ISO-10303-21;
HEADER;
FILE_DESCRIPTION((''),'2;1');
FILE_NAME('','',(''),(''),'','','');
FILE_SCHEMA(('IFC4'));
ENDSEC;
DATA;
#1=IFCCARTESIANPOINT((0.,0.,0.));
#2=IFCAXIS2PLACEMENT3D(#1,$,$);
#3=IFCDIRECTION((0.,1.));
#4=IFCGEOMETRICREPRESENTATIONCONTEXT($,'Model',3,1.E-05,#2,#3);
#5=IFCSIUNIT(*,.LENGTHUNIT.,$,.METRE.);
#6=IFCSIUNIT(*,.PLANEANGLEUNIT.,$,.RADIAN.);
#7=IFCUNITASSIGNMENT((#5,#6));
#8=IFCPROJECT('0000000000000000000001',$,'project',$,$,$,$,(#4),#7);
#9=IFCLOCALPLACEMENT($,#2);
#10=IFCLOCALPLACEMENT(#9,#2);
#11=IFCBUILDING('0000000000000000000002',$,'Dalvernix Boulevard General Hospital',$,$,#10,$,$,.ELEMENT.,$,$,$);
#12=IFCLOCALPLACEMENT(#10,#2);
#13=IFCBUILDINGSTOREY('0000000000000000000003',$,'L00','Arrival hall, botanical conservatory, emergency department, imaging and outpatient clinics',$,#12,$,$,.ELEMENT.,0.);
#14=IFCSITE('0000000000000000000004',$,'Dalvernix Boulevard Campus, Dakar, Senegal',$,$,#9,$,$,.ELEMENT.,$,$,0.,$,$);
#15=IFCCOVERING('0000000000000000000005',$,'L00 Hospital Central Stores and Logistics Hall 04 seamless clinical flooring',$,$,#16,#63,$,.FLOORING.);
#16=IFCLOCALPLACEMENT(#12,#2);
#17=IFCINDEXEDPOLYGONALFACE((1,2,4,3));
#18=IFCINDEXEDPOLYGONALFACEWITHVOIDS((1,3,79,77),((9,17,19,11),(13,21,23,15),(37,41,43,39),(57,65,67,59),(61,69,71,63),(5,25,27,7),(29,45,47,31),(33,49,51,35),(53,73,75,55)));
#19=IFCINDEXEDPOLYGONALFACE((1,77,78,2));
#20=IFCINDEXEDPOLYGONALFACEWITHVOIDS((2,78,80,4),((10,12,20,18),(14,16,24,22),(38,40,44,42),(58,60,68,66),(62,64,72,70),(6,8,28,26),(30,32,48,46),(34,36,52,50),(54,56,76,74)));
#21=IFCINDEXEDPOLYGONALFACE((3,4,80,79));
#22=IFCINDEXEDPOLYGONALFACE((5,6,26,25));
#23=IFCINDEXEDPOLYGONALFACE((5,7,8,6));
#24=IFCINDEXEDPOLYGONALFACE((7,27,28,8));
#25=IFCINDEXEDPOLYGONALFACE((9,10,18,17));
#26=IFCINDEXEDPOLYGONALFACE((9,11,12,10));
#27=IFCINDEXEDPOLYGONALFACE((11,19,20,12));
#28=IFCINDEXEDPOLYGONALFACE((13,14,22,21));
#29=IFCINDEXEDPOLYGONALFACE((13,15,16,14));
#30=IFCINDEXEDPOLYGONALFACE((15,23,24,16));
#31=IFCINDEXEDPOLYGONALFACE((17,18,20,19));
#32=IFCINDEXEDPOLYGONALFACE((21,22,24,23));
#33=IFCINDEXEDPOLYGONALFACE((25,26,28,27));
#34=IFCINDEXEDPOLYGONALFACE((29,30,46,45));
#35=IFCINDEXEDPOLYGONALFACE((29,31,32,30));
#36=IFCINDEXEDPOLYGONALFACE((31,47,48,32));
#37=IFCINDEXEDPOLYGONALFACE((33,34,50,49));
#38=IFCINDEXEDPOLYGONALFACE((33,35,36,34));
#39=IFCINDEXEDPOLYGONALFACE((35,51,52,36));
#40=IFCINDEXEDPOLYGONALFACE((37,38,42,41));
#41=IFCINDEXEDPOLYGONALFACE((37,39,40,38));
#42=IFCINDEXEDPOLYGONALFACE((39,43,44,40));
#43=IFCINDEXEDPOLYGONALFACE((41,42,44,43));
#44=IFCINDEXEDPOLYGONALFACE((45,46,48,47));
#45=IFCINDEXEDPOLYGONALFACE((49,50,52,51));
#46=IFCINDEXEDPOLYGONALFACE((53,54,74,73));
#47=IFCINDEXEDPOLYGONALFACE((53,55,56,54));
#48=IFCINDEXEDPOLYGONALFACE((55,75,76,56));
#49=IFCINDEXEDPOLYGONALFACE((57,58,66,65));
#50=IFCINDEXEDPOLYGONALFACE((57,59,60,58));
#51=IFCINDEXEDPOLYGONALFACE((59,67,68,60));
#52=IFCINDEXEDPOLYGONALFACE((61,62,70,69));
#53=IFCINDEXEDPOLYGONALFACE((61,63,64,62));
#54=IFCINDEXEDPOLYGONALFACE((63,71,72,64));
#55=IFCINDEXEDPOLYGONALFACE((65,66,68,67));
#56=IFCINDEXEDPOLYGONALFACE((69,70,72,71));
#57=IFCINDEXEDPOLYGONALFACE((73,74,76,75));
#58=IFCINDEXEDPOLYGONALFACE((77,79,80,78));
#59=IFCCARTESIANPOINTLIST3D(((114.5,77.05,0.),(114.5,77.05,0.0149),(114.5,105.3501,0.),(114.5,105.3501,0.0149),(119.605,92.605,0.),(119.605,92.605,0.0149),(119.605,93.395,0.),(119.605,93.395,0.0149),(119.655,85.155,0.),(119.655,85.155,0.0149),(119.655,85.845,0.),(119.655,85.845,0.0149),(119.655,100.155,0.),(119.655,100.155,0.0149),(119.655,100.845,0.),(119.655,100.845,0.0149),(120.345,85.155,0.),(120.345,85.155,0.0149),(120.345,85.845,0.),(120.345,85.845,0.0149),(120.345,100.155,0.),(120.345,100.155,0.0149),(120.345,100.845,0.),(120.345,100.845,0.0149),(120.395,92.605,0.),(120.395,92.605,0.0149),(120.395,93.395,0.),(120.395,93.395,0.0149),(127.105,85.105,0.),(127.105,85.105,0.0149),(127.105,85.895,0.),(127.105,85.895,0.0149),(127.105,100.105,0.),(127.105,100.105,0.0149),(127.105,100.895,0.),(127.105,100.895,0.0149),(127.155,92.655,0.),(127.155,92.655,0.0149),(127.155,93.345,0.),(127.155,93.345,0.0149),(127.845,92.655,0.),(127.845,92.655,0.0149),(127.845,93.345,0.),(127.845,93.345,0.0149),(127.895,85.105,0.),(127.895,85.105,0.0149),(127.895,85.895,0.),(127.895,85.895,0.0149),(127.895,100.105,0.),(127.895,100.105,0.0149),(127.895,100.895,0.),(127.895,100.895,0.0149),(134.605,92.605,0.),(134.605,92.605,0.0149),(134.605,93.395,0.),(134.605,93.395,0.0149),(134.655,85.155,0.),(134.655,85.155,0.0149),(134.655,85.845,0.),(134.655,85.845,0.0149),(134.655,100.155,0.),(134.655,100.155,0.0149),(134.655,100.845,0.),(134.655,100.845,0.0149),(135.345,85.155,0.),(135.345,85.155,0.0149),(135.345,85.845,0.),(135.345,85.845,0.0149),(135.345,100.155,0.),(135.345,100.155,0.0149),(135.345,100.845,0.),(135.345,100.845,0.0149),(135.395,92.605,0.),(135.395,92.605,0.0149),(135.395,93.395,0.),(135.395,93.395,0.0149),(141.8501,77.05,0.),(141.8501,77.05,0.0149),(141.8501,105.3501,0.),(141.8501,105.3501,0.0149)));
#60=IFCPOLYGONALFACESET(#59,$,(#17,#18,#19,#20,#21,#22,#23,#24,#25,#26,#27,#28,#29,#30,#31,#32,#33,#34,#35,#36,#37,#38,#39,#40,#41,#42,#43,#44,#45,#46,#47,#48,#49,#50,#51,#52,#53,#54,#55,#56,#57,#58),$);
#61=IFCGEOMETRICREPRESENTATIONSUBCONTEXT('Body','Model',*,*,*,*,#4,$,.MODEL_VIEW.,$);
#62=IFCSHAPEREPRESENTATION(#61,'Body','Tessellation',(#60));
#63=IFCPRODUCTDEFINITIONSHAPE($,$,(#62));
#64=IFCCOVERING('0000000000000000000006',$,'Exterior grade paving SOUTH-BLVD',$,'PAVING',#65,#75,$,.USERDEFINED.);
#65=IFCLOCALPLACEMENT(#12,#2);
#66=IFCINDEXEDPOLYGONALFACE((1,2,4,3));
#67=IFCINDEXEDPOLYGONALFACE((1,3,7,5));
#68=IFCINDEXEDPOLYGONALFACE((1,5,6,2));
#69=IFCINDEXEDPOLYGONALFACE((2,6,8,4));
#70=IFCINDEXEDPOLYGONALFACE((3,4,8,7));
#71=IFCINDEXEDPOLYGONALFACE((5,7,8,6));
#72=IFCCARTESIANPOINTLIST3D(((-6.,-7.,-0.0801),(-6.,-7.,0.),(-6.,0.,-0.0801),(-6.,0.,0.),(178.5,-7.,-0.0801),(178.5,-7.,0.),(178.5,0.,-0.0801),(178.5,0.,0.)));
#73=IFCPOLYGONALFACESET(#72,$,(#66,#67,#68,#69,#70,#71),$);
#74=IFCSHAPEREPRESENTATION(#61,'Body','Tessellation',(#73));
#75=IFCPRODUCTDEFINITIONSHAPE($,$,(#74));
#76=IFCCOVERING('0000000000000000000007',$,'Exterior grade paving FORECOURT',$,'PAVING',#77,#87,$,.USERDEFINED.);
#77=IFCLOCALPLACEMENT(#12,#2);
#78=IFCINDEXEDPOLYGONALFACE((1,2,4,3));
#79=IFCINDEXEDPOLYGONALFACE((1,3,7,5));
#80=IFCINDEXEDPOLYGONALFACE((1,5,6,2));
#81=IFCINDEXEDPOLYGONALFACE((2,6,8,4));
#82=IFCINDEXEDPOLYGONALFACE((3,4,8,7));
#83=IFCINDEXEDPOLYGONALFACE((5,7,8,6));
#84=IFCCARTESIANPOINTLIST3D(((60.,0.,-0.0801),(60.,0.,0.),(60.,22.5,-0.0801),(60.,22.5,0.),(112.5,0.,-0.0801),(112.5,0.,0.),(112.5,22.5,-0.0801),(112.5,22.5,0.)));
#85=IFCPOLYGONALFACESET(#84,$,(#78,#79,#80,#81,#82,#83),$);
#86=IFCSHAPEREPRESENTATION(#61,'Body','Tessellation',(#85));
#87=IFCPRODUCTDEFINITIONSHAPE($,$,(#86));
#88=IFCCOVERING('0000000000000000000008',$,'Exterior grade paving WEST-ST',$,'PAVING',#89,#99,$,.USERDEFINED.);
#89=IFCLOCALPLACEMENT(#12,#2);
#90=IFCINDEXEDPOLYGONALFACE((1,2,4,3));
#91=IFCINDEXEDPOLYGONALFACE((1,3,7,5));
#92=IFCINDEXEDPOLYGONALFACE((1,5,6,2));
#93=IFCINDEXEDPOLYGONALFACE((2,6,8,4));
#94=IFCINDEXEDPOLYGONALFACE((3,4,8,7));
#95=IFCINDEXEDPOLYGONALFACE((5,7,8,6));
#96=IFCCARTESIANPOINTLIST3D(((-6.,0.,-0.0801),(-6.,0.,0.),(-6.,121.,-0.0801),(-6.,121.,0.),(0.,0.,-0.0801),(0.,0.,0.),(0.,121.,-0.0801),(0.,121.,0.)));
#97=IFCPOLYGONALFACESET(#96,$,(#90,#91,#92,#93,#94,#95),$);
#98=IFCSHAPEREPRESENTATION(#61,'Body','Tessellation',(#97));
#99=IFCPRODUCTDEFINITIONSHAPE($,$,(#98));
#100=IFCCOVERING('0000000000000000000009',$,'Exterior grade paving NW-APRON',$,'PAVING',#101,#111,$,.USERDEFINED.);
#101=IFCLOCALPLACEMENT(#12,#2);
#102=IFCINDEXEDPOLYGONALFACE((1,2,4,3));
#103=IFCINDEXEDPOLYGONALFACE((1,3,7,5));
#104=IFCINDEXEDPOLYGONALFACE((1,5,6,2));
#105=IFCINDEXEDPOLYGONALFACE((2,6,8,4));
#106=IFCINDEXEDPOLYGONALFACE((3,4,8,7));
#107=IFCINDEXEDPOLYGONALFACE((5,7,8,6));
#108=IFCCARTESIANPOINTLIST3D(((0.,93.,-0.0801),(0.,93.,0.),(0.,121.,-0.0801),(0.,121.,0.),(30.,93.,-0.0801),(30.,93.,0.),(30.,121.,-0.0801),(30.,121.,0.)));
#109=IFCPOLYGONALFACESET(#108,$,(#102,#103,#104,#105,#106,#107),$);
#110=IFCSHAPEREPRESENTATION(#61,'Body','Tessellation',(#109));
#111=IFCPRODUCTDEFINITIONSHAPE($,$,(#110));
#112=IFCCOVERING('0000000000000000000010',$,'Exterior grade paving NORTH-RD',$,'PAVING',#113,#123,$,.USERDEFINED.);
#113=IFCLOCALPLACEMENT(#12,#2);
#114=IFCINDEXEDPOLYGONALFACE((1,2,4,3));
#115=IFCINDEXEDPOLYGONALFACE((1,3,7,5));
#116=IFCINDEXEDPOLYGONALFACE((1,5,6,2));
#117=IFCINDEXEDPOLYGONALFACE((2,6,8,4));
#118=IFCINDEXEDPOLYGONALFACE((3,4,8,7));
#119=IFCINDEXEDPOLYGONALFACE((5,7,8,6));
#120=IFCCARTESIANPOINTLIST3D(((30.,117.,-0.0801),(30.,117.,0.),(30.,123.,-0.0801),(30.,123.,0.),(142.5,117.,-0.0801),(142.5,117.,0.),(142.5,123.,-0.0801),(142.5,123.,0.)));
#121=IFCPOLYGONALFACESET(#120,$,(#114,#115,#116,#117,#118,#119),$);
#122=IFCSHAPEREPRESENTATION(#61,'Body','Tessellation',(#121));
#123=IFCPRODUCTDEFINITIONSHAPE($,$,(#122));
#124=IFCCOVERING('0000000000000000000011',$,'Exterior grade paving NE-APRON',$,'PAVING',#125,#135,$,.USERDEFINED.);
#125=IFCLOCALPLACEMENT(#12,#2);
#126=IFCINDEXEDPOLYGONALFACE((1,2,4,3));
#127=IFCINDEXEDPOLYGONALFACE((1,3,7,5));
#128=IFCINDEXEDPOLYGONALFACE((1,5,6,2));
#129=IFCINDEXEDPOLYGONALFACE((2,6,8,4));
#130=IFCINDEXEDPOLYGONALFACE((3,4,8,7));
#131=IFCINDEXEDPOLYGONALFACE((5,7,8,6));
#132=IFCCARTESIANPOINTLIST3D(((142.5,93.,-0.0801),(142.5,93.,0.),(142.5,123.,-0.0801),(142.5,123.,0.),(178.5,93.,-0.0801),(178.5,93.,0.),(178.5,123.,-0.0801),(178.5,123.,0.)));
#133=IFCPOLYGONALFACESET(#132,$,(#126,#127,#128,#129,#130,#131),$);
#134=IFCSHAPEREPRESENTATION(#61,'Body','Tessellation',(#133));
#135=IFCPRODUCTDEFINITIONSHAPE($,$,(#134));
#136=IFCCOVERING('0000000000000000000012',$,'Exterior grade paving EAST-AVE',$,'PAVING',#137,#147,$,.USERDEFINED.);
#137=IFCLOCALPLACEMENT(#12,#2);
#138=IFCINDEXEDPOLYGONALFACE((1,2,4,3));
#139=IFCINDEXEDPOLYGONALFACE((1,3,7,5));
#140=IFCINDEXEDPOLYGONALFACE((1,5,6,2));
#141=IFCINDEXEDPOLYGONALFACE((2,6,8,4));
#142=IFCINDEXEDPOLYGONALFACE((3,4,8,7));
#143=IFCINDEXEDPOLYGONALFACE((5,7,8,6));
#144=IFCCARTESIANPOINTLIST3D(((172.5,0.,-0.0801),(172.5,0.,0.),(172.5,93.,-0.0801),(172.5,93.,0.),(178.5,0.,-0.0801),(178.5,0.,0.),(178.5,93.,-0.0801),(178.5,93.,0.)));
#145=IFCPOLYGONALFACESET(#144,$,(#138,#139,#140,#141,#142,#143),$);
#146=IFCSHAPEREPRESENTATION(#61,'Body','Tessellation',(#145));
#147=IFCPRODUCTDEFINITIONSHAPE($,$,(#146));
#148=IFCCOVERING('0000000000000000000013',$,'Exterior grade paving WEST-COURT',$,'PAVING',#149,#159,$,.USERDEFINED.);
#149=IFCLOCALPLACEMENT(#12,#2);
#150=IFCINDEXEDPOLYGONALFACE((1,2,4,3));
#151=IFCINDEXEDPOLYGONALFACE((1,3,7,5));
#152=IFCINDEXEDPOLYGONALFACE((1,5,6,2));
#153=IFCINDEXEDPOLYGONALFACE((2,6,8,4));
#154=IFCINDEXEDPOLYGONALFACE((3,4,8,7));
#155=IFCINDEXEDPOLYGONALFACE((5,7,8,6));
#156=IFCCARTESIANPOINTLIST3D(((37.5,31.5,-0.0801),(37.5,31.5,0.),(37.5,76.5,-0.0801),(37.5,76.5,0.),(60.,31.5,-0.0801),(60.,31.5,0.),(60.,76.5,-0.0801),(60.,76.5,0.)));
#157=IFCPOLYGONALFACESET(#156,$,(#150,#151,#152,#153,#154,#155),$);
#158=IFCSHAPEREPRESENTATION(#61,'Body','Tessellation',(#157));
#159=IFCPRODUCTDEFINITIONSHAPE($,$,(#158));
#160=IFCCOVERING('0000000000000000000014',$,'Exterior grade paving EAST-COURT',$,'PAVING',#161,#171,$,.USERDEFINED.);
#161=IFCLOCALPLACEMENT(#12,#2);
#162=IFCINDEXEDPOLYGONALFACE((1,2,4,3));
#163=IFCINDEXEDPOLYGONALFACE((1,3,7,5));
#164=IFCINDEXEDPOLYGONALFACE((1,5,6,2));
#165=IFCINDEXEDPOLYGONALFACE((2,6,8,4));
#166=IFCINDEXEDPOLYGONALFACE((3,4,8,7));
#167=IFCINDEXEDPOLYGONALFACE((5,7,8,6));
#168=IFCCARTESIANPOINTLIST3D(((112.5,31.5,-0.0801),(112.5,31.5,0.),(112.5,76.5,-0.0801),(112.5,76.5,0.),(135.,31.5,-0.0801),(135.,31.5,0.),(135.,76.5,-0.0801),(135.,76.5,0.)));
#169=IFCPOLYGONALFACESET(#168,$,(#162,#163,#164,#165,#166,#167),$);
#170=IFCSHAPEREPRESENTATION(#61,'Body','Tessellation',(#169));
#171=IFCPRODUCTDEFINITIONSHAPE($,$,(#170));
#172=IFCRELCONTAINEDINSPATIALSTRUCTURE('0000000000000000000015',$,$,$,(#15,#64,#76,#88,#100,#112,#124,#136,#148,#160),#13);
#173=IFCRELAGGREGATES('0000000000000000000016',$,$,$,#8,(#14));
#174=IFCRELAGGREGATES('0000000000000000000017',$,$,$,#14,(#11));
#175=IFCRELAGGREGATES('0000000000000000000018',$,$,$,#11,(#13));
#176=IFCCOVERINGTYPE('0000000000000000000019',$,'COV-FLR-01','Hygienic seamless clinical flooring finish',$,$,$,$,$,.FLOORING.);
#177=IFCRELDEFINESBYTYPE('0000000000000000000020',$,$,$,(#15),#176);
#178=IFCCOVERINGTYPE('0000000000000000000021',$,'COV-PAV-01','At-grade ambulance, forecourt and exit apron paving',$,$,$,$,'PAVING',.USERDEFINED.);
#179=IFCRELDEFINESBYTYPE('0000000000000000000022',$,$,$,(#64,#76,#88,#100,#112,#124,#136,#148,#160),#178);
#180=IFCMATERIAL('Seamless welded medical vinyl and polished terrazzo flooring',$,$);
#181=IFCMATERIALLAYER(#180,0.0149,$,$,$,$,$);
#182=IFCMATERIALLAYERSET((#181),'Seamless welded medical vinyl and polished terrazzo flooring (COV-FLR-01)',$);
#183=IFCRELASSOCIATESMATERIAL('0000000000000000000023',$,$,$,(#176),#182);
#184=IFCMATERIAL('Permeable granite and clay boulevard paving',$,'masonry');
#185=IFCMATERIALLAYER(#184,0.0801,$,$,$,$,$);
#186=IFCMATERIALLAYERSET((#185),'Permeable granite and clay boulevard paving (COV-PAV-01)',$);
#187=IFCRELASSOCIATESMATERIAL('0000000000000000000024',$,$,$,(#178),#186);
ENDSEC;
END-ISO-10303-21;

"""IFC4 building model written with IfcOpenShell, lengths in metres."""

from ifc_helpers import new_model, si_unit, direction, frame, origin, place, context, subcontext, project, spatial, polyline, outline, extrude, material, layer, layer_set, type_object, element, save


model = new_model("IFC4")

# Units and contexts
model_context = context("Model", 3, precision=1e-05, world=origin(), true_north=direction((0.0, 1.0)))
body_context = subcontext(model_context, "Body", "Model", "MODEL_VIEW")
ifc_project = project(units=[si_unit("LENGTHUNIT", "METRE"), si_unit("PLANEANGLEUNIT", "RADIAN")], contexts=[model_context])

# Site, building, storey
site_placement = place(None, origin())
site = spatial("IfcSite", under=ifc_project, at=site_placement, Name="Dalvernix Boulevard Campus, Dakar, Senegal", CompositionType="ELEMENT", RefElevation=0.0)
building_placement = place(site_placement, origin())
building = spatial("IfcBuilding", under=site, at=building_placement, Name="Dalvernix Boulevard General Hospital", CompositionType="ELEMENT")
storey_placement = place(building_placement, origin())
storey = spatial("IfcBuildingStorey", under=building, at=storey_placement, Name="L00", Description="Arrival hall, botanical conservatory, emergency department, imaging and outpatient clinics", CompositionType="ELEMENT", Elevation=0.0)

# Coverings
ifc_material_1 = material(Name="Seamless welded medical vinyl and polished terrazzo flooring")
ifc_layer_1 = layer(ifc_material_1, 0.0149)
ifc_layer_set_1 = layer_set([ifc_layer_1], Name="Seamless welded medical vinyl and polished terrazzo flooring (COV-FLR-01)")
covering_type_1 = type_object("IfcCoveringType", Name="COV-FLR-01", Description="Hygienic seamless clinical flooring finish", PredefinedType="FLOORING", material=ifc_layer_set_1)
covering_1_placement = place(storey_placement, origin())
element("IfcCovering", 1, at=covering_1_placement, inside=storey, type_object=covering_type_1, Name="L00 Hospital Central Stores and Logistics Hall 04 seamless clinical flooring", PredefinedType="FLOORING", context=body_context, shape_type="SweptSolid", body=[
    extrude(outline(polyline([(114.5, 77.05), (114.5, 105.3501), (141.8501, 105.3501), (141.8501, 77.05), (114.5, 77.05)]), holes=[polyline([(120.345, 85.845), (119.655, 85.845), (119.655, 85.155), (120.345, 85.155), (120.345, 85.845)]), polyline([(120.395, 92.605), (120.395, 93.395), (119.605, 93.395), (119.605, 92.605), (120.395, 92.605)]), polyline([(119.655, 100.155), (120.345, 100.155), (120.345, 100.845), (119.655, 100.845), (119.655, 100.155)]), polyline([(127.105, 85.895), (127.105, 85.105), (127.895, 85.105), (127.895, 85.895), (127.105, 85.895)]), polyline([(127.845, 93.345), (127.155, 93.345), (127.155, 92.655), (127.845, 92.655), (127.845, 93.345)]), polyline([(127.895, 100.105), (127.895, 100.895), (127.105, 100.895), (127.105, 100.105), (127.895, 100.105)]), polyline([(134.655, 85.155), (135.345, 85.155), (135.345, 85.845), (134.655, 85.845), (134.655, 85.155)]), polyline([(134.605, 93.395), (134.605, 92.605), (135.395, 92.605), (135.395, 93.395), (134.605, 93.395)]), polyline([(135.345, 100.845), (134.655, 100.845), (134.655, 100.155), (135.345, 100.155), (135.345, 100.845)])]), origin(), (0.0, 0.0, 1.0), 0.0149),
])
ifc_material_2 = material(Name="Permeable granite and clay boulevard paving", Category="masonry")
ifc_layer_2 = layer(ifc_material_2, 0.0801)
ifc_layer_set_2 = layer_set([ifc_layer_2], Name="Permeable granite and clay boulevard paving (COV-PAV-01)")
covering_type_2 = type_object("IfcCoveringType", Name="COV-PAV-01", Description="At-grade ambulance, forecourt and exit apron paving", ElementType="PAVING", PredefinedType="USERDEFINED", material=ifc_layer_set_2)
covering_2_placement = place(storey_placement, frame((0.0, 0.0, -0.0801)))
element("IfcCovering", 2, at=covering_2_placement, inside=storey, type_object=covering_type_2, Name="Exterior grade paving SOUTH-BLVD", ObjectType="PAVING", PredefinedType="USERDEFINED", context=body_context, shape_type="SweptSolid", body=[
    extrude(outline(polyline([(-6.0, -7.0), (178.5, -7.0), (178.5, 0.0), (-6.0, 0.0), (-6.0, -7.0)])), origin(), (0.0, 0.0, 1.0), 0.0801),
])
covering_3_placement = place(storey_placement, frame((0.0, 0.0, -0.0801)))
element("IfcCovering", 3, at=covering_3_placement, inside=storey, type_object=covering_type_2, Name="Exterior grade paving FORECOURT", ObjectType="PAVING", PredefinedType="USERDEFINED", context=body_context, shape_type="SweptSolid", body=[
    extrude(outline(polyline([(60.0, 0.0), (112.5, 0.0), (112.5, 22.5), (60.0, 22.5), (60.0, 0.0)])), origin(), (0.0, 0.0, 1.0), 0.0801),
])
covering_4_placement = place(storey_placement, frame((0.0, 0.0, -0.0801)))
element("IfcCovering", 4, at=covering_4_placement, inside=storey, type_object=covering_type_2, Name="Exterior grade paving WEST-ST", ObjectType="PAVING", PredefinedType="USERDEFINED", context=body_context, shape_type="SweptSolid", body=[
    extrude(outline(polyline([(-6.0, 0.0), (0.0, 0.0), (0.0, 121.0), (-6.0, 121.0), (-6.0, 0.0)])), origin(), (0.0, 0.0, 1.0), 0.0801),
])
covering_5_placement = place(storey_placement, frame((0.0, 0.0, -0.0801)))
element("IfcCovering", 5, at=covering_5_placement, inside=storey, type_object=covering_type_2, Name="Exterior grade paving NW-APRON", ObjectType="PAVING", PredefinedType="USERDEFINED", context=body_context, shape_type="SweptSolid", body=[
    extrude(outline(polyline([(0.0, 93.0), (30.0, 93.0), (30.0, 121.0), (0.0, 121.0), (0.0, 93.0)])), origin(), (0.0, 0.0, 1.0), 0.0801),
])
covering_6_placement = place(storey_placement, frame((0.0, 0.0, -0.0801)))
element("IfcCovering", 6, at=covering_6_placement, inside=storey, type_object=covering_type_2, Name="Exterior grade paving NORTH-RD", ObjectType="PAVING", PredefinedType="USERDEFINED", context=body_context, shape_type="SweptSolid", body=[
    extrude(outline(polyline([(30.0, 117.0), (142.5, 117.0), (142.5, 123.0), (30.0, 123.0), (30.0, 117.0)])), origin(), (0.0, 0.0, 1.0), 0.0801),
])
covering_7_placement = place(storey_placement, frame((0.0, 0.0, -0.0801)))
element("IfcCovering", 7, at=covering_7_placement, inside=storey, type_object=covering_type_2, Name="Exterior grade paving NE-APRON", ObjectType="PAVING", PredefinedType="USERDEFINED", context=body_context, shape_type="SweptSolid", body=[
    extrude(outline(polyline([(142.5, 93.0), (178.5, 93.0), (178.5, 123.0), (142.5, 123.0), (142.5, 93.0)])), origin(), (0.0, 0.0, 1.0), 0.0801),
])
covering_8_placement = place(storey_placement, frame((0.0, 0.0, -0.0801)))
element("IfcCovering", 8, at=covering_8_placement, inside=storey, type_object=covering_type_2, Name="Exterior grade paving EAST-AVE", ObjectType="PAVING", PredefinedType="USERDEFINED", context=body_context, shape_type="SweptSolid", body=[
    extrude(outline(polyline([(172.5, 0.0), (178.5, 0.0), (178.5, 93.0), (172.5, 93.0), (172.5, 0.0)])), origin(), (0.0, 0.0, 1.0), 0.0801),
])
covering_9_placement = place(storey_placement, frame((0.0, 0.0, -0.0801)))
element("IfcCovering", 9, at=covering_9_placement, inside=storey, type_object=covering_type_2, Name="Exterior grade paving WEST-COURT", ObjectType="PAVING", PredefinedType="USERDEFINED", context=body_context, shape_type="SweptSolid", body=[
    extrude(outline(polyline([(37.5, 31.5), (60.0, 31.5), (60.0, 76.5), (37.5, 76.5), (37.5, 31.5)])), origin(), (0.0, 0.0, 1.0), 0.0801),
])
covering_10_placement = place(storey_placement, frame((0.0, 0.0, -0.0801)))
element("IfcCovering", 10, at=covering_10_placement, inside=storey, type_object=covering_type_2, Name="Exterior grade paving EAST-COURT", ObjectType="PAVING", PredefinedType="USERDEFINED", context=body_context, shape_type="SweptSolid", body=[
    extrude(outline(polyline([(112.5, 31.5), (135.0, 31.5), (135.0, 76.5), (112.5, 76.5), (112.5, 31.5)])), origin(), (0.0, 0.0, 1.0), 0.0801),
])

save(model, "model.ifc")
